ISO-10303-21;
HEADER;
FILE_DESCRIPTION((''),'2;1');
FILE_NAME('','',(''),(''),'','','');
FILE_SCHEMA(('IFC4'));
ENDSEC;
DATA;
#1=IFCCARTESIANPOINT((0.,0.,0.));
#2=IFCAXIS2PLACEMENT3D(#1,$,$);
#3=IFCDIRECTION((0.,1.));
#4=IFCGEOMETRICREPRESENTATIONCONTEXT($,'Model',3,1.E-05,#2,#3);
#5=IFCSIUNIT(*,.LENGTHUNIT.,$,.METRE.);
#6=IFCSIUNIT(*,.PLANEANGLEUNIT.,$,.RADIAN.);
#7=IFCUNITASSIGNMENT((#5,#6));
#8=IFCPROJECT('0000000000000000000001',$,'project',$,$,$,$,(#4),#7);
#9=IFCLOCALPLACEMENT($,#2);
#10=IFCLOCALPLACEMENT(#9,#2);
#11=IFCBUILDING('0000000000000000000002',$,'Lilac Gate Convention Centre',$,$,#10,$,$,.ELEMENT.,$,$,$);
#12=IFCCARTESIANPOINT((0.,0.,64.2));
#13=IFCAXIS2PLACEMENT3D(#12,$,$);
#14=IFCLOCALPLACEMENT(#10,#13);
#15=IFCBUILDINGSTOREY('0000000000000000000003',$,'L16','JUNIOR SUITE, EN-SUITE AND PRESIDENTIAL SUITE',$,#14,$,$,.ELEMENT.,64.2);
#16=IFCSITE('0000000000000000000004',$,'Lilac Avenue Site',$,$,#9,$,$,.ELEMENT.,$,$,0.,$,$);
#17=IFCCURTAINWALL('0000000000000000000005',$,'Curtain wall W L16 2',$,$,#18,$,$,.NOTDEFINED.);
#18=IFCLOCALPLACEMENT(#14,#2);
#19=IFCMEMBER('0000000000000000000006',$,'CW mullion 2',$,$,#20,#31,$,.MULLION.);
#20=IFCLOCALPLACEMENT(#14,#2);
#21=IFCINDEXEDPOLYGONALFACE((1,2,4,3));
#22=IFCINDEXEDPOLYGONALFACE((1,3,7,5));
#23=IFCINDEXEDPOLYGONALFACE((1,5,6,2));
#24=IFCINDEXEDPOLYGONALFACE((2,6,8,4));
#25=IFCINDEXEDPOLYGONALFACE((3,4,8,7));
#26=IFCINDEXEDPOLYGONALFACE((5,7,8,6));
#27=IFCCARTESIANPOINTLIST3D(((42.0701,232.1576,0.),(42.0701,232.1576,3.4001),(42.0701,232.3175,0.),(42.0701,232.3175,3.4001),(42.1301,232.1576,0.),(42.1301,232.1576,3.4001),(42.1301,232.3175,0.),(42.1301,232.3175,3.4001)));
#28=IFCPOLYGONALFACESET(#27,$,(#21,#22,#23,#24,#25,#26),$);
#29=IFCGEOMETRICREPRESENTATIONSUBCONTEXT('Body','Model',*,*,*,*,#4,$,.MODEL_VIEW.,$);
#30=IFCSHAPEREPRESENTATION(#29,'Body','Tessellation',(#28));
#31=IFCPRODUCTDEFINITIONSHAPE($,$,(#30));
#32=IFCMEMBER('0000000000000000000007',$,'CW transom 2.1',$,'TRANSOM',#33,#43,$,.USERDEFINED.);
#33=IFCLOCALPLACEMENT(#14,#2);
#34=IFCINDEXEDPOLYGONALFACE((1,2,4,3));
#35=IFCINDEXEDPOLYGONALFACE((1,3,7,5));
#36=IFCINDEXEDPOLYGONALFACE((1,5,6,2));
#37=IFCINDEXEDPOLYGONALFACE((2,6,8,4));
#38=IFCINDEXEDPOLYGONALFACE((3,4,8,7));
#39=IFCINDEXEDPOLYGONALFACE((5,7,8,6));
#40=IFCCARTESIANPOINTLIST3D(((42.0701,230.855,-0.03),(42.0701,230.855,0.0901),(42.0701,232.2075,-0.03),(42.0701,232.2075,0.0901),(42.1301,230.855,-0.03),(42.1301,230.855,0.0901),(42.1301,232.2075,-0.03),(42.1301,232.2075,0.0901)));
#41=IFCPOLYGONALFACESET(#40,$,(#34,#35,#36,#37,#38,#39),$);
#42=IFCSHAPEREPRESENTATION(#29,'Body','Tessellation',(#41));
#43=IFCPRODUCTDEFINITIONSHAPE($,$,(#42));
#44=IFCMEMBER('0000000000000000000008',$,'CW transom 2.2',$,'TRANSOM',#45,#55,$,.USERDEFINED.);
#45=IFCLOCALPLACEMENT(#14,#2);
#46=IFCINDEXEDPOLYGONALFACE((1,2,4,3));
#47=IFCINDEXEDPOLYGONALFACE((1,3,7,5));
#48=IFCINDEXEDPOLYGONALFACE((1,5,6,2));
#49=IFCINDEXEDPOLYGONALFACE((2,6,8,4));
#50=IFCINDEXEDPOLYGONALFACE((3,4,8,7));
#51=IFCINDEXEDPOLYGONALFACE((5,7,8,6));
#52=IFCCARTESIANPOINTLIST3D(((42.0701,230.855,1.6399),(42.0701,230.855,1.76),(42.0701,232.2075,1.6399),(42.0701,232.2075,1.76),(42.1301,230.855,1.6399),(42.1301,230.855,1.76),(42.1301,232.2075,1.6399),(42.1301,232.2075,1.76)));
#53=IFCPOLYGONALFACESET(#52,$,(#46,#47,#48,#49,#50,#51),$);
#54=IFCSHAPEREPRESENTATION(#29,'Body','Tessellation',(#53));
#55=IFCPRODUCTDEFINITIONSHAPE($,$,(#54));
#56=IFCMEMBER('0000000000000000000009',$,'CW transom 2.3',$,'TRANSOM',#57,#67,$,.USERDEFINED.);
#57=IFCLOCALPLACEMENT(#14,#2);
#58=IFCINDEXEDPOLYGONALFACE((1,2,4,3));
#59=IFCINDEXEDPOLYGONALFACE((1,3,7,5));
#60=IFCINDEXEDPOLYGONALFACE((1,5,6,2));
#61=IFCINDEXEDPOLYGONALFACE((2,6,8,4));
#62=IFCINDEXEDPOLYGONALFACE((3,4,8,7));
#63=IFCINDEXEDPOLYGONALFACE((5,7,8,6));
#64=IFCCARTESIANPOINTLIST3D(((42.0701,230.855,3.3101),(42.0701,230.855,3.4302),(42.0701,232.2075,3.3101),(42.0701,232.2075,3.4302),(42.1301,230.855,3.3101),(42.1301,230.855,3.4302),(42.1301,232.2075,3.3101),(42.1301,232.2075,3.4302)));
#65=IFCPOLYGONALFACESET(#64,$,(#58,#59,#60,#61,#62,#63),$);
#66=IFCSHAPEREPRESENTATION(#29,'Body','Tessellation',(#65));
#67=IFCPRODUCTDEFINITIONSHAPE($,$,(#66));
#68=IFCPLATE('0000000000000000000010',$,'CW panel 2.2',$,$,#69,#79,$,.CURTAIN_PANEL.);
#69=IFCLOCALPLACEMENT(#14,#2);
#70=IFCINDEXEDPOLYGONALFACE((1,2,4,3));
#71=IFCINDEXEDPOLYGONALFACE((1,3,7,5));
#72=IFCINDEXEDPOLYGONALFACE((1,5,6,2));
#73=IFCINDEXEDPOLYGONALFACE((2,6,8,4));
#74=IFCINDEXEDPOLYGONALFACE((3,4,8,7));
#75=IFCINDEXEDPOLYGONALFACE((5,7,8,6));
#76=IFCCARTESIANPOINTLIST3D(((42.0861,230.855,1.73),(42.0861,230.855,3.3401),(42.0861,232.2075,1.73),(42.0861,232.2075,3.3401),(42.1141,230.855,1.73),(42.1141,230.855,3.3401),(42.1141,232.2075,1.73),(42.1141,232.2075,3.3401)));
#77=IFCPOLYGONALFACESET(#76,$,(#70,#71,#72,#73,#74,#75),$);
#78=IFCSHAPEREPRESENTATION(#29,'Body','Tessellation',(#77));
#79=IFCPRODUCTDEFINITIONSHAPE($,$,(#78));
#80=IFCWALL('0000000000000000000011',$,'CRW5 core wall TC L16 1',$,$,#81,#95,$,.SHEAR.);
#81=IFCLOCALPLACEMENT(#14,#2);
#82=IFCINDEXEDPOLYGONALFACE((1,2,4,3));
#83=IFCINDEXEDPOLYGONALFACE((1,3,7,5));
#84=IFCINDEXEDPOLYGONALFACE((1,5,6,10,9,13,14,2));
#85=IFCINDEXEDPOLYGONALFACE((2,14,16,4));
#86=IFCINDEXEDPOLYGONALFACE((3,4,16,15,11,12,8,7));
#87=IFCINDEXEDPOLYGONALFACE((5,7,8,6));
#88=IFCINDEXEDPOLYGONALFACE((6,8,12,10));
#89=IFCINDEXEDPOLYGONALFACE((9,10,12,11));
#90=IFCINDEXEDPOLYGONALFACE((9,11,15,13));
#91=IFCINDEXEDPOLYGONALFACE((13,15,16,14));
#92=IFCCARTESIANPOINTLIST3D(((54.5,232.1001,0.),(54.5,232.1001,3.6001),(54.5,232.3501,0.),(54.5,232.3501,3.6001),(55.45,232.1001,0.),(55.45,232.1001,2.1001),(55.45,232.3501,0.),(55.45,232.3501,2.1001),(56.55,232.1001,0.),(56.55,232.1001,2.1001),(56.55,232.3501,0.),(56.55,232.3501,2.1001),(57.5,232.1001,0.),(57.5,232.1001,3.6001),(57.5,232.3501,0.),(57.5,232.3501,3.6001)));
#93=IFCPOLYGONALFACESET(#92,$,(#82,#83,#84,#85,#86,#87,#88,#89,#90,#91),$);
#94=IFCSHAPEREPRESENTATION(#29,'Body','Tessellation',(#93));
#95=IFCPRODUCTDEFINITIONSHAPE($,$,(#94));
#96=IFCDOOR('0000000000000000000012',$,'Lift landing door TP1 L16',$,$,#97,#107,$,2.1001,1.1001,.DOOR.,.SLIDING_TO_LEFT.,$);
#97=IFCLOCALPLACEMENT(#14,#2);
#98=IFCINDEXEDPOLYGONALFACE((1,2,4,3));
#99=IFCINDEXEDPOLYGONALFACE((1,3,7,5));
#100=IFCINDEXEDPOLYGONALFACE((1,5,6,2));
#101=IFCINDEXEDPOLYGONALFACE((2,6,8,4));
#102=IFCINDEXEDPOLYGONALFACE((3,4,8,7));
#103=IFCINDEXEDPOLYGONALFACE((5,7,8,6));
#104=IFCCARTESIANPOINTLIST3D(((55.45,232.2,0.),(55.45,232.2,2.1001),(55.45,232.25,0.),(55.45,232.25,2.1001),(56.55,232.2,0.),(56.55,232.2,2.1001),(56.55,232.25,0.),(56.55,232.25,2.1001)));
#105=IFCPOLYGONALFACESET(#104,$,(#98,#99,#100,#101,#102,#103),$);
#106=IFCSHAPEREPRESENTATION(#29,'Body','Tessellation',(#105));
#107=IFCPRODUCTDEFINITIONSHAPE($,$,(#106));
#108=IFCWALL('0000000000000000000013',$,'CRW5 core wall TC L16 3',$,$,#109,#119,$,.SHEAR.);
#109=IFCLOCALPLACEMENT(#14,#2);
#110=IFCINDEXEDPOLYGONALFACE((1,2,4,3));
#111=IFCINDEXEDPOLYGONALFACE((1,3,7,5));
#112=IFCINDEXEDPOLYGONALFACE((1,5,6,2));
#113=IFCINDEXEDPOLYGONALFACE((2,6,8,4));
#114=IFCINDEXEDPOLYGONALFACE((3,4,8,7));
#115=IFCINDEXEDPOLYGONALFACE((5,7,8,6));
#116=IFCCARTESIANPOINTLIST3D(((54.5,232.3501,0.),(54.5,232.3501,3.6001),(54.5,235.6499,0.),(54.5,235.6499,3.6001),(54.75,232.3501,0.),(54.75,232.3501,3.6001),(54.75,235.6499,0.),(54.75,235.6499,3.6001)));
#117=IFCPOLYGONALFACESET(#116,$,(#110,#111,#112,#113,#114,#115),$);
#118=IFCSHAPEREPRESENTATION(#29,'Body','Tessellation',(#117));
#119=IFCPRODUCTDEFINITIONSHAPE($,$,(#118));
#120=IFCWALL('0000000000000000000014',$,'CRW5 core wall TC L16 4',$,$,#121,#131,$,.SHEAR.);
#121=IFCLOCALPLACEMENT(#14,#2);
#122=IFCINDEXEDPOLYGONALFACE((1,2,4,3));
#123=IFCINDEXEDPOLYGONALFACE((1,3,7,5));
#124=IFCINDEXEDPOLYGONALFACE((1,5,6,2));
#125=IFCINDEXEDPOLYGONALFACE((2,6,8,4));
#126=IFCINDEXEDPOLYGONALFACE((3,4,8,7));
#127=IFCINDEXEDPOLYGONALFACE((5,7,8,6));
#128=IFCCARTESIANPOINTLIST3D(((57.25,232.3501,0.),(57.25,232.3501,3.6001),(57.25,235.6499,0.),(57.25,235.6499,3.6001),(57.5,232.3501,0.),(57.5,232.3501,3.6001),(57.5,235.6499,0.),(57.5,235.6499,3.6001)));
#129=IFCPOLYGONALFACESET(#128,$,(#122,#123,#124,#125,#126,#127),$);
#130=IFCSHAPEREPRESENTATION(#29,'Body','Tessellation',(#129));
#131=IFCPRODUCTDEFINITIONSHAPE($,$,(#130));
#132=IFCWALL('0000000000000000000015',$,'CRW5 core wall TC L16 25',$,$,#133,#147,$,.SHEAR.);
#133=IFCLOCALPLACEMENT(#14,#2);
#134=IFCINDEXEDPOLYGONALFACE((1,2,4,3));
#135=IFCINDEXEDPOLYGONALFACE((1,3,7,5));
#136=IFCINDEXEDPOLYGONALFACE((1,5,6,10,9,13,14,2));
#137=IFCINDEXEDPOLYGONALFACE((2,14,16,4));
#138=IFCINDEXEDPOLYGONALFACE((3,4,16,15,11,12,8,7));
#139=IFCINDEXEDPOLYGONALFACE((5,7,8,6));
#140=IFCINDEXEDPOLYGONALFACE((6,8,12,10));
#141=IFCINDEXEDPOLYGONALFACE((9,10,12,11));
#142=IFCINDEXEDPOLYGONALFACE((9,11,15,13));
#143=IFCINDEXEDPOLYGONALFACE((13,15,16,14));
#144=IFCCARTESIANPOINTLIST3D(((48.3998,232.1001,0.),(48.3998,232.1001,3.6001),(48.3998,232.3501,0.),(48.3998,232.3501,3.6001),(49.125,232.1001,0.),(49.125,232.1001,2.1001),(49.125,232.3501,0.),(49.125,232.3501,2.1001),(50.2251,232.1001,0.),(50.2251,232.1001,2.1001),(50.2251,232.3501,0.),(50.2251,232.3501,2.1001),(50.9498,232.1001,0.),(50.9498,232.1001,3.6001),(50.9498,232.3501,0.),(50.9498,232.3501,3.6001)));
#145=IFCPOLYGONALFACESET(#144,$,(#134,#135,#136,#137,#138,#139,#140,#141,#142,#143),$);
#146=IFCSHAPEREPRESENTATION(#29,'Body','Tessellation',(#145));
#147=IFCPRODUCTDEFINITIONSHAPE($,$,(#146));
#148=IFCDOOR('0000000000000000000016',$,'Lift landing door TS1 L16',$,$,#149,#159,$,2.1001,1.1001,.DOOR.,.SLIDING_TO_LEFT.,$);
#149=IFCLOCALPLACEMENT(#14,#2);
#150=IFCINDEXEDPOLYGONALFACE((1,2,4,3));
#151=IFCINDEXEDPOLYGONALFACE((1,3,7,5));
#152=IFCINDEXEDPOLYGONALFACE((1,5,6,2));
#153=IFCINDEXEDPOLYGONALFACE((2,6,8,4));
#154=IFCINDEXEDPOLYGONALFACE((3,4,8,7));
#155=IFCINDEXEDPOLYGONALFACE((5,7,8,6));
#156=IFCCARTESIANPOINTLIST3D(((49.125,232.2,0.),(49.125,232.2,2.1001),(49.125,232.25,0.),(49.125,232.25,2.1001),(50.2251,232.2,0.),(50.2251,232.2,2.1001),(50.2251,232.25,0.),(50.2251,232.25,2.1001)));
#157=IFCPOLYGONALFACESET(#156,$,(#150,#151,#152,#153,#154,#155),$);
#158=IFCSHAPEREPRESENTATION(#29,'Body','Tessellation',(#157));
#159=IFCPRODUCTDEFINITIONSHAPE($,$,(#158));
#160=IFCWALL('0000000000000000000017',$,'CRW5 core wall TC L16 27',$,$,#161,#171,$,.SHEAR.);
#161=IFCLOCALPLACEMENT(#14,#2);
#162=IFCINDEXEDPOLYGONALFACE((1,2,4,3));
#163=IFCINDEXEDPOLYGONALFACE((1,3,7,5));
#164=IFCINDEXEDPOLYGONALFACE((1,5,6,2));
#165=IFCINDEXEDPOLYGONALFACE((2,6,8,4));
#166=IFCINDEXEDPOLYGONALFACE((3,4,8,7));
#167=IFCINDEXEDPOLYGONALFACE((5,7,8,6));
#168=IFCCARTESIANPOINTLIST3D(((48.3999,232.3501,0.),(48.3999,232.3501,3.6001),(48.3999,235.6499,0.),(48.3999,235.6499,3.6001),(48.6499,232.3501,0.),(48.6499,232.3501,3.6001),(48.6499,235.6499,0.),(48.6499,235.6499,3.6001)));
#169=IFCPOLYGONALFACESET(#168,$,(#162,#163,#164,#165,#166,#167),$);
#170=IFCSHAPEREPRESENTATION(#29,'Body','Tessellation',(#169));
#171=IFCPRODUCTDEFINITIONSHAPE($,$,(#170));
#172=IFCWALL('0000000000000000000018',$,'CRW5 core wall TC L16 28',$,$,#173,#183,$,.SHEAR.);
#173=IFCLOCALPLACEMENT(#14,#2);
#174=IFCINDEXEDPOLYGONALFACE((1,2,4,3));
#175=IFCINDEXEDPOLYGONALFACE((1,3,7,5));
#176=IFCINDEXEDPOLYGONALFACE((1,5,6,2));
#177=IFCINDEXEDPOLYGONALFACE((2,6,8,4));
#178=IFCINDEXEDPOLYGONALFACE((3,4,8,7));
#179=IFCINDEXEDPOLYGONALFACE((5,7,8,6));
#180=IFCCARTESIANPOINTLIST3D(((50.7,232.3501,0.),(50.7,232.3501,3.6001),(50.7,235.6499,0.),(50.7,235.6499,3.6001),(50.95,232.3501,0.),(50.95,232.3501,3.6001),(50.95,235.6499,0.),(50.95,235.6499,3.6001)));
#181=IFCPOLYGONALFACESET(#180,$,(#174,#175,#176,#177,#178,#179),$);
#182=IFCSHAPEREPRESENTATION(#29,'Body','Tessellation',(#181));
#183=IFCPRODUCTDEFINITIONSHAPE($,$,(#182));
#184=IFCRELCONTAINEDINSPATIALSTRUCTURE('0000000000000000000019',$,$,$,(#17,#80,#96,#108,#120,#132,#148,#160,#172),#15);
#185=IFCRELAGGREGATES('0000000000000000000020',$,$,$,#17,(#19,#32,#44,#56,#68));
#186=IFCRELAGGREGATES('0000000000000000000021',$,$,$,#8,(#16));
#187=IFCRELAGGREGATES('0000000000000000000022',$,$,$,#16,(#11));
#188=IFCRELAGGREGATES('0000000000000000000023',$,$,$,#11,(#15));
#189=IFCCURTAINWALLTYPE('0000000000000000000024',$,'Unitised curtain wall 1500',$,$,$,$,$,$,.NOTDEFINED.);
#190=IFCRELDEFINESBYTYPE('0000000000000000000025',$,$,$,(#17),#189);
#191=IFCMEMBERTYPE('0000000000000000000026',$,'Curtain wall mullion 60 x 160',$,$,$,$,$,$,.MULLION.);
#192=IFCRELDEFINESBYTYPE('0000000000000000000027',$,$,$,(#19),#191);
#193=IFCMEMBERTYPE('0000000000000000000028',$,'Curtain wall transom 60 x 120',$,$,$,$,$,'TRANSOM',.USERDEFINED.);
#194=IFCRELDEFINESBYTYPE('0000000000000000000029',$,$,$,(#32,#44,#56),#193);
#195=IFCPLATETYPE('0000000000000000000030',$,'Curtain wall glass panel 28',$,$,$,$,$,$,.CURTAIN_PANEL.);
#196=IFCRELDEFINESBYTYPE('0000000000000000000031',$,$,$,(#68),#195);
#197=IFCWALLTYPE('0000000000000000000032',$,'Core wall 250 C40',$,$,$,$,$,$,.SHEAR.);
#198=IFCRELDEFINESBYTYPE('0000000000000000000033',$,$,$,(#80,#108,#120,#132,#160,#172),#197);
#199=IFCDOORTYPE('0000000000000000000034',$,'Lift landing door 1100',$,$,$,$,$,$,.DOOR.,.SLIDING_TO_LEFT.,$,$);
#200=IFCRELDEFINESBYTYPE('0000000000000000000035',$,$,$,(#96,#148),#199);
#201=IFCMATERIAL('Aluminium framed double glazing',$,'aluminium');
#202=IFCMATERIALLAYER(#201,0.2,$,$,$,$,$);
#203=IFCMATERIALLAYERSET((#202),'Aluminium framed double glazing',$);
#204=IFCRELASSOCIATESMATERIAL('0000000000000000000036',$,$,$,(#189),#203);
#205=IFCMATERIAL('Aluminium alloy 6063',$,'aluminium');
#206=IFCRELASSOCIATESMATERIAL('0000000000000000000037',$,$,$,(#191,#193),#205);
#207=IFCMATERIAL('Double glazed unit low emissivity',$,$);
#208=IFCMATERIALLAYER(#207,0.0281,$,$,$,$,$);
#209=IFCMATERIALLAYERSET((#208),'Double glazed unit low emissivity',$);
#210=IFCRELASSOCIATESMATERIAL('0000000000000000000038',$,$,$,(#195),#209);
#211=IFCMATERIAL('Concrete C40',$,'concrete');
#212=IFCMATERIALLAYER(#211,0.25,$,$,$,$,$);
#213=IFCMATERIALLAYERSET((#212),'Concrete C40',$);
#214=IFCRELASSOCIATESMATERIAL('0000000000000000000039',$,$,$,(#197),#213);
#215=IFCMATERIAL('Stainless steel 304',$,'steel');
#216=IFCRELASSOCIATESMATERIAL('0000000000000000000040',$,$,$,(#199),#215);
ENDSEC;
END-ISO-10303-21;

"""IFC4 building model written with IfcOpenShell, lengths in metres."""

from ifc_helpers import new_model, si_unit, direction, frame, frame_2d, origin, origin_2d, place, context, subcontext, project, spatial, rectangle, extrude, material, layer, layer_set, material_profile, profile_set, type_object, element, fill, aggregate, save


model = new_model("IFC4")

# Units and contexts
model_context = context("Model", 3, precision=1e-05, world=origin(), true_north=direction((0.0, 1.0)))
body_context = subcontext(model_context, "Body", "Model", "MODEL_VIEW")
ifc_project = project(units=[si_unit("LENGTHUNIT", "METRE"), si_unit("PLANEANGLEUNIT", "RADIAN")], contexts=[model_context])

# Site, building, storey
site_placement = place(None, origin())
site = spatial("IfcSite", under=ifc_project, at=site_placement, Name="Lilac Avenue Site", CompositionType="ELEMENT", RefElevation=0.0)
building_placement = place(site_placement, origin())
building = spatial("IfcBuilding", under=site, at=building_placement, Name="Lilac Gate Convention Centre", CompositionType="ELEMENT")
storey_placement = place(building_placement, frame((0.0, 0.0, 64.2)))
storey = spatial("IfcBuildingStorey", under=building, at=storey_placement, Name="L16", Description="JUNIOR SUITE, EN-SUITE AND PRESIDENTIAL SUITE", CompositionType="ELEMENT", Elevation=64.2)

# Curtain wall, members, plate
ifc_material_1 = material(Name="Aluminium framed double glazing", Category="aluminium")
ifc_layer_1 = layer(ifc_material_1, 0.2)
ifc_layer_set_1 = layer_set([ifc_layer_1], Name="Aluminium framed double glazing")
curtain_wall_type = type_object("IfcCurtainWallType", Name="Unitised curtain wall 1500", PredefinedType="NOTDEFINED", material=ifc_layer_set_1)
curtain_wall_placement = place(storey_placement, origin())
curtain_wall = element("IfcCurtainWall", 1, at=curtain_wall_placement, inside=storey, type_object=curtain_wall_type, Name="Curtain wall W L16 2", PredefinedType="NOTDEFINED")
ifc_material_2 = material(Name="Aluminium alloy 6063", Category="aluminium")
ifc_material_profile_1 = material_profile(ifc_material_2, rectangle(XDim=0.0601, YDim=0.1599, at=origin_2d()), Name="Curtain wall mullion 60 x 160")
ifc_profile_set_1 = profile_set([ifc_material_profile_1], Name="Aluminium alloy 6063")
member_type_1 = type_object("IfcMemberType", Name="Curtain wall mullion 60 x 160", PredefinedType="MULLION", material=ifc_profile_set_1)
member_1_placement = place(storey_placement, frame((42.1001, 232.2375, 0.0), z_axis=(0.0, 0.0, 1.0), x_axis=(1.0, 0.0, 0.0)))
member_1 = element("IfcMember", 2, at=member_1_placement, type_object=member_type_1, Name="CW mullion 2", PredefinedType="MULLION", context=body_context, shape_type="SweptSolid", body=[
    extrude(rectangle(XDim=0.0601, YDim=0.1599, at=origin_2d()), origin(), (0.0, 0.0, 1.0), 3.4001),
])
ifc_material_profile_2 = material_profile(ifc_material_2, rectangle(XDim=0.0601, YDim=0.1201, at=origin_2d()), Name="Curtain wall transom 60 x 120")
ifc_profile_set_2 = profile_set([ifc_material_profile_2], Name="Aluminium alloy 6063")
member_type_2 = type_object("IfcMemberType", Name="Curtain wall transom 60 x 120", ElementType="TRANSOM", PredefinedType="USERDEFINED", material=ifc_profile_set_2)
member_2_placement = place(storey_placement, frame((42.1001, 232.2075, 0.03), z_axis=(0.0, -1.0, 0.0), x_axis=(1.0, 0.0, 0.0)))
member_2 = element("IfcMember", 3, at=member_2_placement, type_object=member_type_2, Name="CW transom 2.1", ObjectType="TRANSOM", PredefinedType="USERDEFINED", context=body_context, shape_type="SweptSolid", body=[
    extrude(rectangle(XDim=0.0601, YDim=0.1201, at=origin_2d()), origin(), (0.0, 0.0, 1.0), 1.3525),
])
member_3_placement = place(storey_placement, frame((42.1001, 232.2075, 1.7), z_axis=(0.0, -1.0, 0.0), x_axis=(1.0, 0.0, 0.0)))
member_3 = element("IfcMember", 4, at=member_3_placement, type_object=member_type_2, Name="CW transom 2.2", ObjectType="TRANSOM", PredefinedType="USERDEFINED", context=body_context, shape_type="SweptSolid", body=[
    extrude(rectangle(XDim=0.0601, YDim=0.1201, at=origin_2d()), origin(), (0.0, 0.0, 1.0), 1.3525),
])
member_4_placement = place(storey_placement, frame((42.1001, 232.2075, 3.3701), z_axis=(0.0, -1.0, 0.0), x_axis=(1.0, 0.0, 0.0)))
member_4 = element("IfcMember", 5, at=member_4_placement, type_object=member_type_2, Name="CW transom 2.3", ObjectType="TRANSOM", PredefinedType="USERDEFINED", context=body_context, shape_type="SweptSolid", body=[
    extrude(rectangle(XDim=0.0601, YDim=0.1201, at=origin_2d()), origin(), (0.0, 0.0, 1.0), 1.3525),
])
ifc_material_3 = material(Name="Double glazed unit low emissivity")
ifc_layer_2 = layer(ifc_material_3, 0.0281)
ifc_layer_set_2 = layer_set([ifc_layer_2], Name="Double glazed unit low emissivity")
plate_type = type_object("IfcPlateType", Name="Curtain wall glass panel 28", PredefinedType="CURTAIN_PANEL", material=ifc_layer_set_2)
plate_placement = place(storey_placement, frame((42.1001, 231.5312, 1.73), z_axis=(0.0, 0.0, 1.0), x_axis=(0.0, -1.0, 0.0)))
plate = element("IfcPlate", 6, at=plate_placement, type_object=plate_type, Name="CW panel 2.2", PredefinedType="CURTAIN_PANEL", context=body_context, shape_type="SweptSolid", body=[
    extrude(rectangle(XDim=1.3525, YDim=0.0281, at=origin_2d()), origin(), (0.0, 0.0, 1.0), 1.6101),
])
aggregate(curtain_wall, [member_1, member_2, member_3, member_4, plate])

# Wall, opening, door
ifc_material_4 = material(Name="Concrete C40", Category="concrete")
ifc_layer_3 = layer(ifc_material_4, 0.25)
ifc_layer_set_3 = layer_set([ifc_layer_3], Name="Concrete C40")
wall_type_1 = type_object("IfcWallType", Name="Core wall 250 C40", PredefinedType="SHEAR", material=ifc_layer_set_3)
wall_1_placement = place(storey_placement, frame((54.5, 232.2251, 0.0), z_axis=(0.0, 0.0, 1.0), x_axis=(1.0, 0.0, 0.0)))
wall_1 = element("IfcWall", 7, at=wall_1_placement, inside=storey, type_object=wall_type_1, Name="CRW5 core wall TC L16 1", PredefinedType="SHEAR", context=body_context, shape_type="SweptSolid", body=[
    extrude(rectangle(XDim=3.0, YDim=0.25, at=frame_2d((1.5, 0.0))), origin(), (0.0, 0.0, 1.0), 3.6001),
])
opening_1_placement = place(wall_1_placement, frame((0.95, 0.0, 0.0)))
opening_1 = element("IfcOpeningElement", 8, at=opening_1_placement, cuts=wall_1, PredefinedType="OPENING", context=body_context, shape_type="SweptSolid", body=[
    extrude(rectangle(XDim=1.1001, YDim=2.1001, at=frame_2d((0.55, 1.05))), frame((0.0, 0.135, 0.0), z_axis=(0.0, -1.0, 0.0), x_axis=(1.0, 0.0, 0.0)), (0.0, 0.0, 1.0), 0.27),
])
ifc_material_5 = material(Name="Stainless steel 304", Category="steel")
door_type_1 = type_object("IfcDoorType", Name="Lift landing door 1100", OperationType="SLIDING_TO_LEFT", PredefinedType="DOOR", material=ifc_material_5)
door_1_placement = place(opening_1_placement, origin())
door_1 = element("IfcDoor", 9, at=door_1_placement, inside=storey, type_object=door_type_1, Name="Lift landing door TP1 L16", OperationType="SLIDING_TO_LEFT", OverallHeight=2.1001, OverallWidth=1.1001, PredefinedType="DOOR", context=body_context, shape_type="SweptSolid", body=[
    extrude(rectangle(XDim=1.1001, YDim=2.1001, at=frame_2d((0.55, 1.05))), frame((0.0, 0.0249, 0.0), z_axis=(0.0, -1.0, 0.0), x_axis=(1.0, 0.0, 0.0)), (0.0, 0.0, 1.0), 0.05),
])
fill(opening_1, door_1)

# Walls
for number, where, z_axis, x_axis, name in (
    (10, (54.625, 232.3501, 0.0), (0.0, 0.0, 1.0), (0.0, 1.0, 0.0), "CRW5 core wall TC L16 3"),
    (11, (57.375, 232.3501, 0.0), (0.0, 0.0, 1.0), (0.0, 1.0, 0.0), "CRW5 core wall TC L16 4"),
):
    element("IfcWall", number, at=place(storey_placement, frame(where, z_axis=z_axis, x_axis=x_axis)), inside=storey, type_object=wall_type_1, Name=name, PredefinedType="SHEAR", context=body_context, shape_type="SweptSolid", body=[
        extrude(rectangle(XDim=3.2998, YDim=0.25, at=frame_2d((1.6499, 0.0))), origin(), (0.0, 0.0, 1.0), 3.6001),
    ])

# Wall, opening, door
wall_2_placement = place(storey_placement, frame((48.3999, 232.2251, 0.0), z_axis=(0.0, 0.0, 1.0), x_axis=(1.0, 0.0, 0.0)))
wall_2 = element("IfcWall", 12, at=wall_2_placement, inside=storey, type_object=wall_type_1, Name="CRW5 core wall TC L16 25", PredefinedType="SHEAR", context=body_context, shape_type="SweptSolid", body=[
    extrude(rectangle(XDim=2.55, YDim=0.25, at=frame_2d((1.2749, 0.0))), origin(), (0.0, 0.0, 1.0), 3.6001),
])
opening_2_placement = place(wall_2_placement, frame((0.7251, 0.0, 0.0)))
opening_2 = element("IfcOpeningElement", 13, at=opening_2_placement, cuts=wall_2, PredefinedType="OPENING", context=body_context, shape_type="SweptSolid", body=[
    extrude(rectangle(XDim=1.1001, YDim=2.1001, at=frame_2d((0.55, 1.05))), frame((0.0, 0.135, 0.0), z_axis=(0.0, -1.0, 0.0), x_axis=(1.0, 0.0, 0.0)), (0.0, 0.0, 1.0), 0.27),
])
door_2_placement = place(opening_2_placement, origin())
door_2 = element("IfcDoor", 14, at=door_2_placement, inside=storey, type_object=door_type_1, Name="Lift landing door TS1 L16", OperationType="SLIDING_TO_LEFT", OverallHeight=2.1001, OverallWidth=1.1001, PredefinedType="DOOR", context=body_context, shape_type="SweptSolid", body=[
    extrude(rectangle(XDim=1.1001, YDim=2.1001, at=frame_2d((0.55, 1.05))), frame((0.0, 0.0249, 0.0), z_axis=(0.0, -1.0, 0.0), x_axis=(1.0, 0.0, 0.0)), (0.0, 0.0, 1.0), 0.05),
])
fill(opening_2, door_2)

# Walls
for number, where, z_axis, x_axis, name in (
    (15, (48.5249, 232.3501, 0.0), (0.0, 0.0, 1.0), (0.0, 1.0, 0.0), "CRW5 core wall TC L16 27"),
    (16, (50.825, 232.3501, 0.0), (0.0, 0.0, 1.0), (0.0, 1.0, 0.0), "CRW5 core wall TC L16 28"),
):
    element("IfcWall", number, at=place(storey_placement, frame(where, z_axis=z_axis, x_axis=x_axis)), inside=storey, type_object=wall_type_1, Name=name, PredefinedType="SHEAR", context=body_context, shape_type="SweptSolid", body=[
        extrude(rectangle(XDim=3.2998, YDim=0.25, at=frame_2d((1.6499, 0.0))), origin(), (0.0, 0.0, 1.0), 3.6001),
    ])

save(model, "model.ifc")
